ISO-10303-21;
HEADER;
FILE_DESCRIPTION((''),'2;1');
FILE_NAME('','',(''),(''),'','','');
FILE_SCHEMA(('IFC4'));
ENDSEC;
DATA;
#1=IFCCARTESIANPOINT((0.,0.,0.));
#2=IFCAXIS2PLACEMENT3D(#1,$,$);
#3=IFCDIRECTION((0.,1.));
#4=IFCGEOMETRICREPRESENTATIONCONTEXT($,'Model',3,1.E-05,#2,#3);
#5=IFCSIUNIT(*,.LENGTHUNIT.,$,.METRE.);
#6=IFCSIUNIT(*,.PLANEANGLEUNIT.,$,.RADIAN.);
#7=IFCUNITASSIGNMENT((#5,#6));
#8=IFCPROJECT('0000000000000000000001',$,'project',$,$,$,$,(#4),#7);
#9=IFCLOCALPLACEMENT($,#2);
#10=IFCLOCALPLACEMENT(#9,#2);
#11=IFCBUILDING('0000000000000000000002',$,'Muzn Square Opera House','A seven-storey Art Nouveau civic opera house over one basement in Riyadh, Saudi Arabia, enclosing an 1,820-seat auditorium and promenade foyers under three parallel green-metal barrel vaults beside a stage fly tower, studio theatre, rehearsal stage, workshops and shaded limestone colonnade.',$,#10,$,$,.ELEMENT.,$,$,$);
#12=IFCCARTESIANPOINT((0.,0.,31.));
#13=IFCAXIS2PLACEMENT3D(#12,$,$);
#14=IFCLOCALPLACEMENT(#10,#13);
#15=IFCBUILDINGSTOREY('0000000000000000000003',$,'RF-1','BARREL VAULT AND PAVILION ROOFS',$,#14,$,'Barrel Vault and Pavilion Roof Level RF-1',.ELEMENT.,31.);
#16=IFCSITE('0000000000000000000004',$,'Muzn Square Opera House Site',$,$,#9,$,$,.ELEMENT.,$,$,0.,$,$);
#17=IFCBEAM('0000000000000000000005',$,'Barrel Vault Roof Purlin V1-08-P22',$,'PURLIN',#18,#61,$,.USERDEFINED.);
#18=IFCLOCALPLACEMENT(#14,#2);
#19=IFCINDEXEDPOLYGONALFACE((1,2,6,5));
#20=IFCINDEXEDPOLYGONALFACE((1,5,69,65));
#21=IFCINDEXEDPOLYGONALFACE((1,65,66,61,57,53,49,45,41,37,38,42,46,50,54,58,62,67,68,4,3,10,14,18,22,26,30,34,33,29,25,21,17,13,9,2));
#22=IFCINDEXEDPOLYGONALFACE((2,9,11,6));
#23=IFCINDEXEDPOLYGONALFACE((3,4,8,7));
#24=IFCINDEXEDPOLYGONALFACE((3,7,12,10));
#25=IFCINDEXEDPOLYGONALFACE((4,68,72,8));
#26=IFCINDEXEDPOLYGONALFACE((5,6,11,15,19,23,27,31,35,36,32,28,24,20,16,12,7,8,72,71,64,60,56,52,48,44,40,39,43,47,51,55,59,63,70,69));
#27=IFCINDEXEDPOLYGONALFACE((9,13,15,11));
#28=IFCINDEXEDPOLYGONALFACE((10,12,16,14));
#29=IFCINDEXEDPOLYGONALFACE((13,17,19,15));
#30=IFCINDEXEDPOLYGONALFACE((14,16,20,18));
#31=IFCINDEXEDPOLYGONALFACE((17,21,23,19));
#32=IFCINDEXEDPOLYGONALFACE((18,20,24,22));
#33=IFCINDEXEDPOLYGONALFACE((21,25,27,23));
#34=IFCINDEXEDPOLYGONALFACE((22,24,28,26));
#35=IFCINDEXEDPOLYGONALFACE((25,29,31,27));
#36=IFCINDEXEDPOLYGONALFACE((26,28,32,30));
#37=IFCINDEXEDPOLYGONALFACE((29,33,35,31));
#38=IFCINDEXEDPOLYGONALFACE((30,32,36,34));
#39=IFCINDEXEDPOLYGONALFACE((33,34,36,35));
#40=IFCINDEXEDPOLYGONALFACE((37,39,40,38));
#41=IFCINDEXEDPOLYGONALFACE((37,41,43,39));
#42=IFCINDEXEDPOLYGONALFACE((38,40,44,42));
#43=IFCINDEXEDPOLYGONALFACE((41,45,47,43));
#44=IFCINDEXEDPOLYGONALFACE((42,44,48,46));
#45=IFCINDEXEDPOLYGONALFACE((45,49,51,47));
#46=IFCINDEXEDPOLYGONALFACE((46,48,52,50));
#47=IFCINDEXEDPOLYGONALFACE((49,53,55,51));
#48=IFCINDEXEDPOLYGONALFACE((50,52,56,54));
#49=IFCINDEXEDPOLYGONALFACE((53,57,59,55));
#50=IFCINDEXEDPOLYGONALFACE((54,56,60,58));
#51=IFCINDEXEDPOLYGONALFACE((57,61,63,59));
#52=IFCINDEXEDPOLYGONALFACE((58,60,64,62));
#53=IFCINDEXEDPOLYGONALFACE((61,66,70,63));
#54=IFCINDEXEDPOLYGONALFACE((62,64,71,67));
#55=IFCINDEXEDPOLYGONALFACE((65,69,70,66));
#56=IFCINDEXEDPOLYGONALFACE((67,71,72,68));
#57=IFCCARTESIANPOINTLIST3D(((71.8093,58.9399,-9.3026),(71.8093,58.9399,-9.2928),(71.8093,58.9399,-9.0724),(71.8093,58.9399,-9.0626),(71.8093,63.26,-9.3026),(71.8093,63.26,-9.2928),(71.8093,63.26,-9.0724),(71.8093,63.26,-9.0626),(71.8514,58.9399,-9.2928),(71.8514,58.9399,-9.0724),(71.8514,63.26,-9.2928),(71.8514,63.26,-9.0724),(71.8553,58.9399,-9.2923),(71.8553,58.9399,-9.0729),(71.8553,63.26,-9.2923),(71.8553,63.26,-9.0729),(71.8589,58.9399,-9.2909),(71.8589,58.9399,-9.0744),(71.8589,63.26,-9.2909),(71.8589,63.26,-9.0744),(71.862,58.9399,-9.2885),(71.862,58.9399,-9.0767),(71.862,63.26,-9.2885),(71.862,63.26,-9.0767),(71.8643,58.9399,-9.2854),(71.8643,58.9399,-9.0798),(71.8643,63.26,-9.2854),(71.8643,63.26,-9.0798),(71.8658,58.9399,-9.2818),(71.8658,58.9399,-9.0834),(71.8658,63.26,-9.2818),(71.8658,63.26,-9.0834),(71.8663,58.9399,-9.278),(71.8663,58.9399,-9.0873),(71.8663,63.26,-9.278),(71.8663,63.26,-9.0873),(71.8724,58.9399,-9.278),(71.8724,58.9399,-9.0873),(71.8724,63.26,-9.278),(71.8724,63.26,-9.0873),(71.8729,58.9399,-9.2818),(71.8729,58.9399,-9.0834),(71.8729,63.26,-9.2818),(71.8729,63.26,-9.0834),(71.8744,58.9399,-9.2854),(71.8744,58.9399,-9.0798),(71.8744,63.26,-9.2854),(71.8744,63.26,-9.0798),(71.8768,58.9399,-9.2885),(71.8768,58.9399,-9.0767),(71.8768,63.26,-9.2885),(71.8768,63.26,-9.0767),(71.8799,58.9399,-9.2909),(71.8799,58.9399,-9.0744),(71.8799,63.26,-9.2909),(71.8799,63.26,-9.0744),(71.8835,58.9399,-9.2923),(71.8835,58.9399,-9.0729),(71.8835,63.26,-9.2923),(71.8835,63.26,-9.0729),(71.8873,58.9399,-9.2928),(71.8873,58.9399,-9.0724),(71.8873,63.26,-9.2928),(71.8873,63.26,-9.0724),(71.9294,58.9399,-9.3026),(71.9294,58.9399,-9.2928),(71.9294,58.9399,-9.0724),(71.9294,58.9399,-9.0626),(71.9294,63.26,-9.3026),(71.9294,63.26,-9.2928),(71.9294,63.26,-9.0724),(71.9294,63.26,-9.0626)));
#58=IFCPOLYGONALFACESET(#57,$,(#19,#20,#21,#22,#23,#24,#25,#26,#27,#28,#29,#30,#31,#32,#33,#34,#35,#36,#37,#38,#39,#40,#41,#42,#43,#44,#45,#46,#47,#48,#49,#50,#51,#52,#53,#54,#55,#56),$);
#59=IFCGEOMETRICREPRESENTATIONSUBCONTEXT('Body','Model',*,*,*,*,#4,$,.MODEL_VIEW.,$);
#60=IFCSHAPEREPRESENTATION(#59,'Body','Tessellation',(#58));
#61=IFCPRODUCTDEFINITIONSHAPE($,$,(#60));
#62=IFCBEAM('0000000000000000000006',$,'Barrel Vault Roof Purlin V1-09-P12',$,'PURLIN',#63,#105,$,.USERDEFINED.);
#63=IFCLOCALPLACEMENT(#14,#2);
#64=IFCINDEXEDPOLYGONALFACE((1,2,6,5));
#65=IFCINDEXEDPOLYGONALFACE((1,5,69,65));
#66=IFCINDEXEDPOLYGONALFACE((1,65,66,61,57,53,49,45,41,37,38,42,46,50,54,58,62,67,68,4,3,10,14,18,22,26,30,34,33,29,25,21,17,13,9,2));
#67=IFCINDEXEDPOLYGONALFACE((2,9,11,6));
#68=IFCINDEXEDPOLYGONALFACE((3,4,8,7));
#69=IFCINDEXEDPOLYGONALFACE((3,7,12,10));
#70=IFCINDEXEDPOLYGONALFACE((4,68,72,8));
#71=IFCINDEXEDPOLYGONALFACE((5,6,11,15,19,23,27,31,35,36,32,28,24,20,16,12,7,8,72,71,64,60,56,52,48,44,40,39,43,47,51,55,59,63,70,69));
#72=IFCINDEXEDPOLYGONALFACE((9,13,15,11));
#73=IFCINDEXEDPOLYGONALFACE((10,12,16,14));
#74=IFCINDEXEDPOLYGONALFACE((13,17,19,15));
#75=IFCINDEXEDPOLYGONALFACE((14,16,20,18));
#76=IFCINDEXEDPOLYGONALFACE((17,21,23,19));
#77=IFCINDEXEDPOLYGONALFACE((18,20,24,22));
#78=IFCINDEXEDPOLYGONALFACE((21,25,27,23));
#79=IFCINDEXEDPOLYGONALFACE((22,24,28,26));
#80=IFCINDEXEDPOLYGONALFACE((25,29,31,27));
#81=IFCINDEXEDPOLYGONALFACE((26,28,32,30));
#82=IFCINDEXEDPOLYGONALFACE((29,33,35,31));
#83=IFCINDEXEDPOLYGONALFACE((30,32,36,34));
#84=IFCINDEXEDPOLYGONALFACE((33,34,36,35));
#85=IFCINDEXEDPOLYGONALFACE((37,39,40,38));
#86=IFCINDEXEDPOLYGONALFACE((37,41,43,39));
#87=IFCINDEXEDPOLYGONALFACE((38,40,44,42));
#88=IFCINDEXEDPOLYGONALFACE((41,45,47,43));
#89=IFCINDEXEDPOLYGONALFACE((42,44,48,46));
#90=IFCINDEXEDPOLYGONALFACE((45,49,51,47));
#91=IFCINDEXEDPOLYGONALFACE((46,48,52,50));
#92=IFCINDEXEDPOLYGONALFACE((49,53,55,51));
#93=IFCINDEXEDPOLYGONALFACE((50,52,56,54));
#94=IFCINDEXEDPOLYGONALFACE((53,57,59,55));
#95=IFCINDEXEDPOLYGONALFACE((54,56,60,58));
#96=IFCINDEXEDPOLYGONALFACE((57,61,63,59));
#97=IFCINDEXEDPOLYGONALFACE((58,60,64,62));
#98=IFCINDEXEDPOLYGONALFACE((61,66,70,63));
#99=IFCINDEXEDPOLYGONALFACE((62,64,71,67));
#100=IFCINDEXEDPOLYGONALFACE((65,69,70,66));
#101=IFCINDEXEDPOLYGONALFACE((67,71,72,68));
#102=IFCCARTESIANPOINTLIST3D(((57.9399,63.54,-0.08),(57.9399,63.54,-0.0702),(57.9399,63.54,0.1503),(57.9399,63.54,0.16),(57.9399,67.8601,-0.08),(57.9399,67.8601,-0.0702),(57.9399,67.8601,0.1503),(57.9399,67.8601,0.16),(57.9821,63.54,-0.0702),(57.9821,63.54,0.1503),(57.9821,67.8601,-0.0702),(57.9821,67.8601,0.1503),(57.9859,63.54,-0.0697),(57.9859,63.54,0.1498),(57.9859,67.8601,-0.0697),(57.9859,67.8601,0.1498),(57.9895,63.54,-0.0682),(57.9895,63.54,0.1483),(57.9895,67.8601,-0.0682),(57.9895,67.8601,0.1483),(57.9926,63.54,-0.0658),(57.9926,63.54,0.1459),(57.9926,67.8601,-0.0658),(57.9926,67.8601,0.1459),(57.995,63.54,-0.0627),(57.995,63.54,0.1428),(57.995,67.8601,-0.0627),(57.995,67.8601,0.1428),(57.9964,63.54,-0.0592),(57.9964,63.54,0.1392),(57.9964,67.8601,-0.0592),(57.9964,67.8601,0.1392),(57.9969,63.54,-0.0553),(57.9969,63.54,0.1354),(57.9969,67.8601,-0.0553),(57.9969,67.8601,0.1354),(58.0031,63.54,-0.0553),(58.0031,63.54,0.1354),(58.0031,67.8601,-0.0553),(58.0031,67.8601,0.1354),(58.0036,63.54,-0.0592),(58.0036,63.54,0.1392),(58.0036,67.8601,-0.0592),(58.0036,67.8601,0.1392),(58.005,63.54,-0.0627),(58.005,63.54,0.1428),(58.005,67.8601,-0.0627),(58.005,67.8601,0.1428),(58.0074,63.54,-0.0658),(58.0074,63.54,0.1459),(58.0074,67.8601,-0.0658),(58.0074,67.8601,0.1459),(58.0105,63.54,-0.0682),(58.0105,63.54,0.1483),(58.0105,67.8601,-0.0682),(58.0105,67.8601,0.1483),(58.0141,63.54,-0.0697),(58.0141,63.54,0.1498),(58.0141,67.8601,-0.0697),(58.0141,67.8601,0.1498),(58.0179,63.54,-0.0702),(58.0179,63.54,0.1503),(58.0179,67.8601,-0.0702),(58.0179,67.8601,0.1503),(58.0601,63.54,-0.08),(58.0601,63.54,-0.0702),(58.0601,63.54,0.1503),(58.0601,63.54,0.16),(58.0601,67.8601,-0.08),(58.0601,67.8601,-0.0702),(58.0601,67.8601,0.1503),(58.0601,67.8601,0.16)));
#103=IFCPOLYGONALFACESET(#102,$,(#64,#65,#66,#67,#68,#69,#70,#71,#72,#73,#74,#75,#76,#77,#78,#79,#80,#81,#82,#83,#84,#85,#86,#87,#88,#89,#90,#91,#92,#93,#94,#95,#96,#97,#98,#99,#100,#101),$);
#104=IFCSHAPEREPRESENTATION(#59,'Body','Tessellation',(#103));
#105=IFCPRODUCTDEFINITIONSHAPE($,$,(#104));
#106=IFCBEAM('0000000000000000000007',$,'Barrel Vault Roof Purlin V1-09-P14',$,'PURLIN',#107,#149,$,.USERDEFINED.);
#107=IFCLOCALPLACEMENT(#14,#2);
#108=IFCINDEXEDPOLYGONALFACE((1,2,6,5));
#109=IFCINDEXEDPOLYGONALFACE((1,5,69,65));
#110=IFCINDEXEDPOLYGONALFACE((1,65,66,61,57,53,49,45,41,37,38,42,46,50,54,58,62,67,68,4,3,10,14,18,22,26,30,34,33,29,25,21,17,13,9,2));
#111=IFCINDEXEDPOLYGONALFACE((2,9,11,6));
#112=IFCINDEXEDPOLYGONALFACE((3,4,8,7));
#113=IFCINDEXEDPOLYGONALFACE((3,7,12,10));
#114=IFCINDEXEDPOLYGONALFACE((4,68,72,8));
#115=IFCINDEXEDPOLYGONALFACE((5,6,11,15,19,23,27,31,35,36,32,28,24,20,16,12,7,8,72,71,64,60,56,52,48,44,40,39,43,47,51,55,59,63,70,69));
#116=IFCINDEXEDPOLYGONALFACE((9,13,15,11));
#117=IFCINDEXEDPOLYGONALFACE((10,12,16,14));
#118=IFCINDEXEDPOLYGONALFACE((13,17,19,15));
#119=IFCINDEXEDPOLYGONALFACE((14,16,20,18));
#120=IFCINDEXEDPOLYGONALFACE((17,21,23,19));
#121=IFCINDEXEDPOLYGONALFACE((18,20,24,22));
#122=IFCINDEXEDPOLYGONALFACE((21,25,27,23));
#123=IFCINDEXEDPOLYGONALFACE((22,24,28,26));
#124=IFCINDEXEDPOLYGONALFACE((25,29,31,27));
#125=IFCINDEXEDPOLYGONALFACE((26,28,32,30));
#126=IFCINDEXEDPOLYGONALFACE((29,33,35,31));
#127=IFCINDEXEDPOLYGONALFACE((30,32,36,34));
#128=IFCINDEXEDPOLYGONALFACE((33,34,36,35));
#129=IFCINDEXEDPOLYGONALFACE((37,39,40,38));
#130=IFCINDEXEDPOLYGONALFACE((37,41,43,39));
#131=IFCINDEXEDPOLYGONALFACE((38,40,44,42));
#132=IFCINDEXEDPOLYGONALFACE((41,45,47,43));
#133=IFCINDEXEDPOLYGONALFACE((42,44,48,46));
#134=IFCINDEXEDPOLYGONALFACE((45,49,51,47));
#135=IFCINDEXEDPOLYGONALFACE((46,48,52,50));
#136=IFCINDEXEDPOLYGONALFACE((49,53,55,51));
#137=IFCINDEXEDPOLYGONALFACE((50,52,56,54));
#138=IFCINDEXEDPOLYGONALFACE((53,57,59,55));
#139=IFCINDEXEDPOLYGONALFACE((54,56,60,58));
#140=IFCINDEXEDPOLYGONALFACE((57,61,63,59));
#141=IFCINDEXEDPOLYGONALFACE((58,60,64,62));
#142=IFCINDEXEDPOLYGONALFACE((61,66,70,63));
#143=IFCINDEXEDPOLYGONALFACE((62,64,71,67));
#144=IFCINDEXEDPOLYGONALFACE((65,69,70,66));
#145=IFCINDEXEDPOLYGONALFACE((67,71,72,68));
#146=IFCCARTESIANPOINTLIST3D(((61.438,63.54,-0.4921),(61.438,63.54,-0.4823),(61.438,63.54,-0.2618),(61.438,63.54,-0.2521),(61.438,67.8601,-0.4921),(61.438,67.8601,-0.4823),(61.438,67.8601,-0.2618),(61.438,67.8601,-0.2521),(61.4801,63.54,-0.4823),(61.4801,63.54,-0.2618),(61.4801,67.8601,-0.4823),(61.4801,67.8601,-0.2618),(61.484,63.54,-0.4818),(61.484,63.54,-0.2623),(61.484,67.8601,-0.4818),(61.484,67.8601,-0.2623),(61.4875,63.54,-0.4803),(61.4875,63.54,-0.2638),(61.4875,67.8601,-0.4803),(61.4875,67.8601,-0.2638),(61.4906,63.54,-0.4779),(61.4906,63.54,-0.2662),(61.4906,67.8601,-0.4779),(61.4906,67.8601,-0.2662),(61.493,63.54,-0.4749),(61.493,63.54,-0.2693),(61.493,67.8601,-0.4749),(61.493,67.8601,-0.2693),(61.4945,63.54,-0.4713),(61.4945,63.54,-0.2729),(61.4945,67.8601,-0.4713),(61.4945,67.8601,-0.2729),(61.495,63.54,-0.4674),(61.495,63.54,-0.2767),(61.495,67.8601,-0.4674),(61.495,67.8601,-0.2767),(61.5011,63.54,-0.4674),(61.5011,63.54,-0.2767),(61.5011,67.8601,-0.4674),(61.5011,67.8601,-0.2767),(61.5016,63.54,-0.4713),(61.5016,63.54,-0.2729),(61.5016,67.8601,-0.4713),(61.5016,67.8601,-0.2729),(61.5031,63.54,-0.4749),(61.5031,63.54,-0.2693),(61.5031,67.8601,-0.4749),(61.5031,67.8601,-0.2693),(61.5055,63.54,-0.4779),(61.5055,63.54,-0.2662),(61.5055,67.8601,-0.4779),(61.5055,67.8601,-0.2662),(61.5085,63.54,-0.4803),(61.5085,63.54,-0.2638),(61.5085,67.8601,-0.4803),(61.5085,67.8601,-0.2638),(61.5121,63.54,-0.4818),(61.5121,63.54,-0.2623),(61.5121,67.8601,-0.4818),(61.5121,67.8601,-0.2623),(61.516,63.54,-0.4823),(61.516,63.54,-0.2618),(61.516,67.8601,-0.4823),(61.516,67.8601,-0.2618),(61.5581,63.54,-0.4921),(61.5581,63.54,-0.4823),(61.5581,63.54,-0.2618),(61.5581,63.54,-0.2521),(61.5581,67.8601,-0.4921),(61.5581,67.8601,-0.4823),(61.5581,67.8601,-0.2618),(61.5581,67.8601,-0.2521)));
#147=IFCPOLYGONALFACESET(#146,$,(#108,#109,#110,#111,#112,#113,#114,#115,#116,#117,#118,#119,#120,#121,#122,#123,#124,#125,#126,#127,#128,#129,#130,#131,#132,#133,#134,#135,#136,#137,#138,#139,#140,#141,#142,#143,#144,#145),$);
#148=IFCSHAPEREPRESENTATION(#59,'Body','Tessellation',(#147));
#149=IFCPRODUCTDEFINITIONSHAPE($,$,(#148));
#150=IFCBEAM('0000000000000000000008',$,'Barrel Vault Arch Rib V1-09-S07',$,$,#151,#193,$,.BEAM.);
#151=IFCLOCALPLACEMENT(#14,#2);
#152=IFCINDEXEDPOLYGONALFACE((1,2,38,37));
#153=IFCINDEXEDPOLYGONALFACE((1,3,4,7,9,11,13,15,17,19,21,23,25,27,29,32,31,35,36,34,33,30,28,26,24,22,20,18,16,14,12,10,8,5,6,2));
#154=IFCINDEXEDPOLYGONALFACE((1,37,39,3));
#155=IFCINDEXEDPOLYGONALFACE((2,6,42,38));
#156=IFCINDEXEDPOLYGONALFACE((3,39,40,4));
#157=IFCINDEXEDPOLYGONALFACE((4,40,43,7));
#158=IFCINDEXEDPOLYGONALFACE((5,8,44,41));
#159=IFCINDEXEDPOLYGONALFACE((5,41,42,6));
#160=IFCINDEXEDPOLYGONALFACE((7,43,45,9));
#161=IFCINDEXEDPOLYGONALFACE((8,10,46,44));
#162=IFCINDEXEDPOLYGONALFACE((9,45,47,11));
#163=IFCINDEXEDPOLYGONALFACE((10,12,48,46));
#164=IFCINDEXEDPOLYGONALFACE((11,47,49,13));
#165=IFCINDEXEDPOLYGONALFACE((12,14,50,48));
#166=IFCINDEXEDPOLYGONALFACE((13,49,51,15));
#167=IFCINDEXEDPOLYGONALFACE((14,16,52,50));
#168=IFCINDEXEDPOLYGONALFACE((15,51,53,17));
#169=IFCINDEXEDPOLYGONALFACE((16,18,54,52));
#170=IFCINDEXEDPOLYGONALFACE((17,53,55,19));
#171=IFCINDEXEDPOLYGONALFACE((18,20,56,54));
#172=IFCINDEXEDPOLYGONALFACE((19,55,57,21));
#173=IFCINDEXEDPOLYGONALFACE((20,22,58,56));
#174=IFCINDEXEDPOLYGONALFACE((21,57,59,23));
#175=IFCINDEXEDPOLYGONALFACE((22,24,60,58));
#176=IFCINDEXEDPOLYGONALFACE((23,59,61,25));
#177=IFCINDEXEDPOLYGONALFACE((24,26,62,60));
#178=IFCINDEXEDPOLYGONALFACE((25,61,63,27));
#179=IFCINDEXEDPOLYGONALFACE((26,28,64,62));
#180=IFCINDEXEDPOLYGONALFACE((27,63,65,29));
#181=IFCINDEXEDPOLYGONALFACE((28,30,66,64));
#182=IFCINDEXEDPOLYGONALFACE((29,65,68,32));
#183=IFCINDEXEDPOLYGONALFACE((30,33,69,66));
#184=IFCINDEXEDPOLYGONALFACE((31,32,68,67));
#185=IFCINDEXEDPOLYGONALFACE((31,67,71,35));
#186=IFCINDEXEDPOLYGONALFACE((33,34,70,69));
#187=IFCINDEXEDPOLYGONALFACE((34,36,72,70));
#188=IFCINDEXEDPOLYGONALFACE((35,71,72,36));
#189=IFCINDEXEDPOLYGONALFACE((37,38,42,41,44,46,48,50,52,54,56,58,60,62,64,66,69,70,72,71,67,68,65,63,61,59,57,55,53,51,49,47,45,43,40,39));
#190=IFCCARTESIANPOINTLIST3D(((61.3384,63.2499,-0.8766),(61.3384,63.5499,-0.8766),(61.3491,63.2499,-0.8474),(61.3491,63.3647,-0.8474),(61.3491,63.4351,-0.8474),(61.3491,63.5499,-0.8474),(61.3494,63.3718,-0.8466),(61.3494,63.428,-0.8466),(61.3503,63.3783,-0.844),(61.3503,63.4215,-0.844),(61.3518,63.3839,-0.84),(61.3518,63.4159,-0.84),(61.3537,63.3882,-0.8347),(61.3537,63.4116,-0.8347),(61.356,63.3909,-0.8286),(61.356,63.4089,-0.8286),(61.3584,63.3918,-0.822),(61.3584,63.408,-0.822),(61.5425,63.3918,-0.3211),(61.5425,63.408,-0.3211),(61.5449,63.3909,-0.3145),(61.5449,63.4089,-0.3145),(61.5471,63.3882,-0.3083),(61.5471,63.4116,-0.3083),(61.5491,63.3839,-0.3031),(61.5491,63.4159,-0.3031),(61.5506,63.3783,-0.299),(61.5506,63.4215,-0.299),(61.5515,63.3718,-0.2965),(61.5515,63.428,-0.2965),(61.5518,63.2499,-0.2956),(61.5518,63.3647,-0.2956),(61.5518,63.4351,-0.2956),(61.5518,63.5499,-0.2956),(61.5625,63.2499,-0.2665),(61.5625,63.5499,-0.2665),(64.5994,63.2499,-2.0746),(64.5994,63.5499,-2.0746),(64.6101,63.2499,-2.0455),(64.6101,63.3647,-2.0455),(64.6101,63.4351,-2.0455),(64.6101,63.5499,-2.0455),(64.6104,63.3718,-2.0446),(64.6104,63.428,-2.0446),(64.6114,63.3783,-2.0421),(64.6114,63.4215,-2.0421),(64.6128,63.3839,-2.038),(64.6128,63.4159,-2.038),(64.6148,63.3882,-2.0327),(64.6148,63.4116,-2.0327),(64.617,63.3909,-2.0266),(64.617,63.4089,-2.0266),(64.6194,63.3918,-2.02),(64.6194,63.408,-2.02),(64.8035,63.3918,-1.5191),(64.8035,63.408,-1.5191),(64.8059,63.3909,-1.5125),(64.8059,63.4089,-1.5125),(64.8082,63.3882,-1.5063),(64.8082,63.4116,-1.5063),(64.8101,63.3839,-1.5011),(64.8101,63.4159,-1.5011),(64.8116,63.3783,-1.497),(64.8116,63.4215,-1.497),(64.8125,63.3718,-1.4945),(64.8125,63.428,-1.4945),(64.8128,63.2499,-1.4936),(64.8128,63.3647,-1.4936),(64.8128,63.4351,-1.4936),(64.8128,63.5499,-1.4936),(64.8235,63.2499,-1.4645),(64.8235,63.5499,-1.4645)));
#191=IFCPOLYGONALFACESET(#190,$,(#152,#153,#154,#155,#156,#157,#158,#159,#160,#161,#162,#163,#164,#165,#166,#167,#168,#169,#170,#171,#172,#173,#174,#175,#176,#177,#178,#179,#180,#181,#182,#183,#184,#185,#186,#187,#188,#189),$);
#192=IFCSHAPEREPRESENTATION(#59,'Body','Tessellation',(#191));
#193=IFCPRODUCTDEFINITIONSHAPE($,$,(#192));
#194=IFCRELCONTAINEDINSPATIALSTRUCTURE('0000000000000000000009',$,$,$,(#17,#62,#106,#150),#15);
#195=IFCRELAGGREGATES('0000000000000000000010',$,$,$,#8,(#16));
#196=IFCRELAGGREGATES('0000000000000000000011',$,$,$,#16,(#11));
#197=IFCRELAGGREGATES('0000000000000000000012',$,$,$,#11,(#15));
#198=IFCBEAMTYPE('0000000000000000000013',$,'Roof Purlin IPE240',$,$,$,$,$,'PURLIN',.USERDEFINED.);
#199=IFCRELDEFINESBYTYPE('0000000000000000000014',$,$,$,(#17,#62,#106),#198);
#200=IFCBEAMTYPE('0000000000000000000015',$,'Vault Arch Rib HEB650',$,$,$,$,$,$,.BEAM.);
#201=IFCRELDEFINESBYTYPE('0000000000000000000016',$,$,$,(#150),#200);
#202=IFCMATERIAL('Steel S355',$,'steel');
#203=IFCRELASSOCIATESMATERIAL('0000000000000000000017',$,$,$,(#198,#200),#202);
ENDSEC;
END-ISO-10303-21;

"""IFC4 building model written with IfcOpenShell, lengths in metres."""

from ifc_helpers import new_model, si_unit, direction, frame, origin, origin_2d, place, context, subcontext, project, spatial, i_section, extrude, material, material_profile, profile_set, type_object, element, save


model = new_model("IFC4")

# Units and contexts
model_context = context("Model", 3, precision=1e-05, world=origin(), true_north=direction((0.0, 1.0)))
body_context = subcontext(model_context, "Body", "Model", "MODEL_VIEW")
ifc_project = project(units=[si_unit("LENGTHUNIT", "METRE"), si_unit("PLANEANGLEUNIT", "RADIAN")], contexts=[model_context])

# Site, building, storey
site_placement = place(None, origin())
site = spatial("IfcSite", under=ifc_project, at=site_placement, Name="Muzn Square Opera House Site", CompositionType="ELEMENT", RefElevation=0.0)
building_placement = place(site_placement, origin())
building = spatial("IfcBuilding", under=site, at=building_placement, Name="Muzn Square Opera House", Description="A seven-storey Art Nouveau civic opera house over one basement in Riyadh, Saudi Arabia, enclosing an 1,820-seat auditorium and promenade foyers under three parallel green-metal barrel vaults beside a stage fly tower, studio theatre, rehearsal stage, workshops and shaded limestone colonnade.", CompositionType="ELEMENT")
storey_placement = place(building_placement, frame((0.0, 0.0, 31.0)))
storey = spatial("IfcBuildingStorey", under=building, at=storey_placement, Name="RF-1", Description="BARREL VAULT AND PAVILION ROOFS", LongName="Barrel Vault and Pavilion Roof Level RF-1", CompositionType="ELEMENT", Elevation=31.0)

# Beams
ifc_material_1 = material(Name="Steel S355", Category="steel")
ifc_material_profile_1 = material_profile(ifc_material_1, i_section(OverallWidth=0.1201, OverallDepth=0.24, WebThickness=0.0061, FlangeThickness=0.0098, FilletRadius=0.0149, at=origin_2d()), Name="IPE 240", Category="steel")
ifc_profile_set_1 = profile_set([ifc_material_profile_1], Name="Steel S355")
beam_type_1 = type_object("IfcBeamType", Name="Roof Purlin IPE240", ElementType="PURLIN", PredefinedType="USERDEFINED", material=ifc_profile_set_1)
for number, where, z_axis, x_axis, name in (
    (1, (71.8694, 58.9399, -9.1826), (0.0, 1.0, 0.0), (-1.0, 0.0, 0.0), "Barrel Vault Roof Purlin V1-08-P22"),
    (2, (58.0, 63.54, 0.04), (0.0, 1.0, 0.0), (-1.0, 0.0, 0.0), "Barrel Vault Roof Purlin V1-09-P12"),
    (3, (61.498, 63.54, -0.3721), (0.0, 1.0, 0.0), (-1.0, 0.0, 0.0), "Barrel Vault Roof Purlin V1-09-P14"),
):
    element("IfcBeam", number, at=place(storey_placement, frame(where, z_axis=z_axis, x_axis=x_axis)), inside=storey, type_object=beam_type_1, Name=name, ObjectType="PURLIN", PredefinedType="USERDEFINED", context=body_context, shape_type="SweptSolid", body=[
        extrude(i_section(OverallWidth=0.1201, OverallDepth=0.24, WebThickness=0.0061, FlangeThickness=0.0098, FilletRadius=0.0149, at=origin_2d()), origin(), (0.0, 0.0, 1.0), 4.3201),
    ])
ifc_material_profile_2 = material_profile(ifc_material_1, i_section(OverallWidth=0.3, OverallDepth=0.6499, WebThickness=0.0161, FlangeThickness=0.031, FilletRadius=0.0271, at=origin_2d()), Name="HEB 650", Category="steel")
ifc_profile_set_2 = profile_set([ifc_material_profile_2], Name="Steel S355")
beam_type_2 = type_object("IfcBeamType", Name="Vault Arch Rib HEB650", PredefinedType="BEAM", material=ifc_profile_set_2)
beam_1_placement = place(storey_placement, frame((61.4504, 63.3999, -0.5715), z_axis=(0.938662, 0.0, -0.344839), x_axis=(0.0, 1.0, 0.0)))
element("IfcBeam", 4, at=beam_1_placement, inside=storey, type_object=beam_type_2, Name="Barrel Vault Arch Rib V1-09-S07", PredefinedType="BEAM", context=body_context, shape_type="SweptSolid", body=[
    extrude(i_section(OverallWidth=0.3, OverallDepth=0.6499, WebThickness=0.0161, FlangeThickness=0.031, FilletRadius=0.0271, at=origin_2d()), origin(), (0.0, 0.0, 1.0), 3.4741),
])

save(model, "model.ifc")
